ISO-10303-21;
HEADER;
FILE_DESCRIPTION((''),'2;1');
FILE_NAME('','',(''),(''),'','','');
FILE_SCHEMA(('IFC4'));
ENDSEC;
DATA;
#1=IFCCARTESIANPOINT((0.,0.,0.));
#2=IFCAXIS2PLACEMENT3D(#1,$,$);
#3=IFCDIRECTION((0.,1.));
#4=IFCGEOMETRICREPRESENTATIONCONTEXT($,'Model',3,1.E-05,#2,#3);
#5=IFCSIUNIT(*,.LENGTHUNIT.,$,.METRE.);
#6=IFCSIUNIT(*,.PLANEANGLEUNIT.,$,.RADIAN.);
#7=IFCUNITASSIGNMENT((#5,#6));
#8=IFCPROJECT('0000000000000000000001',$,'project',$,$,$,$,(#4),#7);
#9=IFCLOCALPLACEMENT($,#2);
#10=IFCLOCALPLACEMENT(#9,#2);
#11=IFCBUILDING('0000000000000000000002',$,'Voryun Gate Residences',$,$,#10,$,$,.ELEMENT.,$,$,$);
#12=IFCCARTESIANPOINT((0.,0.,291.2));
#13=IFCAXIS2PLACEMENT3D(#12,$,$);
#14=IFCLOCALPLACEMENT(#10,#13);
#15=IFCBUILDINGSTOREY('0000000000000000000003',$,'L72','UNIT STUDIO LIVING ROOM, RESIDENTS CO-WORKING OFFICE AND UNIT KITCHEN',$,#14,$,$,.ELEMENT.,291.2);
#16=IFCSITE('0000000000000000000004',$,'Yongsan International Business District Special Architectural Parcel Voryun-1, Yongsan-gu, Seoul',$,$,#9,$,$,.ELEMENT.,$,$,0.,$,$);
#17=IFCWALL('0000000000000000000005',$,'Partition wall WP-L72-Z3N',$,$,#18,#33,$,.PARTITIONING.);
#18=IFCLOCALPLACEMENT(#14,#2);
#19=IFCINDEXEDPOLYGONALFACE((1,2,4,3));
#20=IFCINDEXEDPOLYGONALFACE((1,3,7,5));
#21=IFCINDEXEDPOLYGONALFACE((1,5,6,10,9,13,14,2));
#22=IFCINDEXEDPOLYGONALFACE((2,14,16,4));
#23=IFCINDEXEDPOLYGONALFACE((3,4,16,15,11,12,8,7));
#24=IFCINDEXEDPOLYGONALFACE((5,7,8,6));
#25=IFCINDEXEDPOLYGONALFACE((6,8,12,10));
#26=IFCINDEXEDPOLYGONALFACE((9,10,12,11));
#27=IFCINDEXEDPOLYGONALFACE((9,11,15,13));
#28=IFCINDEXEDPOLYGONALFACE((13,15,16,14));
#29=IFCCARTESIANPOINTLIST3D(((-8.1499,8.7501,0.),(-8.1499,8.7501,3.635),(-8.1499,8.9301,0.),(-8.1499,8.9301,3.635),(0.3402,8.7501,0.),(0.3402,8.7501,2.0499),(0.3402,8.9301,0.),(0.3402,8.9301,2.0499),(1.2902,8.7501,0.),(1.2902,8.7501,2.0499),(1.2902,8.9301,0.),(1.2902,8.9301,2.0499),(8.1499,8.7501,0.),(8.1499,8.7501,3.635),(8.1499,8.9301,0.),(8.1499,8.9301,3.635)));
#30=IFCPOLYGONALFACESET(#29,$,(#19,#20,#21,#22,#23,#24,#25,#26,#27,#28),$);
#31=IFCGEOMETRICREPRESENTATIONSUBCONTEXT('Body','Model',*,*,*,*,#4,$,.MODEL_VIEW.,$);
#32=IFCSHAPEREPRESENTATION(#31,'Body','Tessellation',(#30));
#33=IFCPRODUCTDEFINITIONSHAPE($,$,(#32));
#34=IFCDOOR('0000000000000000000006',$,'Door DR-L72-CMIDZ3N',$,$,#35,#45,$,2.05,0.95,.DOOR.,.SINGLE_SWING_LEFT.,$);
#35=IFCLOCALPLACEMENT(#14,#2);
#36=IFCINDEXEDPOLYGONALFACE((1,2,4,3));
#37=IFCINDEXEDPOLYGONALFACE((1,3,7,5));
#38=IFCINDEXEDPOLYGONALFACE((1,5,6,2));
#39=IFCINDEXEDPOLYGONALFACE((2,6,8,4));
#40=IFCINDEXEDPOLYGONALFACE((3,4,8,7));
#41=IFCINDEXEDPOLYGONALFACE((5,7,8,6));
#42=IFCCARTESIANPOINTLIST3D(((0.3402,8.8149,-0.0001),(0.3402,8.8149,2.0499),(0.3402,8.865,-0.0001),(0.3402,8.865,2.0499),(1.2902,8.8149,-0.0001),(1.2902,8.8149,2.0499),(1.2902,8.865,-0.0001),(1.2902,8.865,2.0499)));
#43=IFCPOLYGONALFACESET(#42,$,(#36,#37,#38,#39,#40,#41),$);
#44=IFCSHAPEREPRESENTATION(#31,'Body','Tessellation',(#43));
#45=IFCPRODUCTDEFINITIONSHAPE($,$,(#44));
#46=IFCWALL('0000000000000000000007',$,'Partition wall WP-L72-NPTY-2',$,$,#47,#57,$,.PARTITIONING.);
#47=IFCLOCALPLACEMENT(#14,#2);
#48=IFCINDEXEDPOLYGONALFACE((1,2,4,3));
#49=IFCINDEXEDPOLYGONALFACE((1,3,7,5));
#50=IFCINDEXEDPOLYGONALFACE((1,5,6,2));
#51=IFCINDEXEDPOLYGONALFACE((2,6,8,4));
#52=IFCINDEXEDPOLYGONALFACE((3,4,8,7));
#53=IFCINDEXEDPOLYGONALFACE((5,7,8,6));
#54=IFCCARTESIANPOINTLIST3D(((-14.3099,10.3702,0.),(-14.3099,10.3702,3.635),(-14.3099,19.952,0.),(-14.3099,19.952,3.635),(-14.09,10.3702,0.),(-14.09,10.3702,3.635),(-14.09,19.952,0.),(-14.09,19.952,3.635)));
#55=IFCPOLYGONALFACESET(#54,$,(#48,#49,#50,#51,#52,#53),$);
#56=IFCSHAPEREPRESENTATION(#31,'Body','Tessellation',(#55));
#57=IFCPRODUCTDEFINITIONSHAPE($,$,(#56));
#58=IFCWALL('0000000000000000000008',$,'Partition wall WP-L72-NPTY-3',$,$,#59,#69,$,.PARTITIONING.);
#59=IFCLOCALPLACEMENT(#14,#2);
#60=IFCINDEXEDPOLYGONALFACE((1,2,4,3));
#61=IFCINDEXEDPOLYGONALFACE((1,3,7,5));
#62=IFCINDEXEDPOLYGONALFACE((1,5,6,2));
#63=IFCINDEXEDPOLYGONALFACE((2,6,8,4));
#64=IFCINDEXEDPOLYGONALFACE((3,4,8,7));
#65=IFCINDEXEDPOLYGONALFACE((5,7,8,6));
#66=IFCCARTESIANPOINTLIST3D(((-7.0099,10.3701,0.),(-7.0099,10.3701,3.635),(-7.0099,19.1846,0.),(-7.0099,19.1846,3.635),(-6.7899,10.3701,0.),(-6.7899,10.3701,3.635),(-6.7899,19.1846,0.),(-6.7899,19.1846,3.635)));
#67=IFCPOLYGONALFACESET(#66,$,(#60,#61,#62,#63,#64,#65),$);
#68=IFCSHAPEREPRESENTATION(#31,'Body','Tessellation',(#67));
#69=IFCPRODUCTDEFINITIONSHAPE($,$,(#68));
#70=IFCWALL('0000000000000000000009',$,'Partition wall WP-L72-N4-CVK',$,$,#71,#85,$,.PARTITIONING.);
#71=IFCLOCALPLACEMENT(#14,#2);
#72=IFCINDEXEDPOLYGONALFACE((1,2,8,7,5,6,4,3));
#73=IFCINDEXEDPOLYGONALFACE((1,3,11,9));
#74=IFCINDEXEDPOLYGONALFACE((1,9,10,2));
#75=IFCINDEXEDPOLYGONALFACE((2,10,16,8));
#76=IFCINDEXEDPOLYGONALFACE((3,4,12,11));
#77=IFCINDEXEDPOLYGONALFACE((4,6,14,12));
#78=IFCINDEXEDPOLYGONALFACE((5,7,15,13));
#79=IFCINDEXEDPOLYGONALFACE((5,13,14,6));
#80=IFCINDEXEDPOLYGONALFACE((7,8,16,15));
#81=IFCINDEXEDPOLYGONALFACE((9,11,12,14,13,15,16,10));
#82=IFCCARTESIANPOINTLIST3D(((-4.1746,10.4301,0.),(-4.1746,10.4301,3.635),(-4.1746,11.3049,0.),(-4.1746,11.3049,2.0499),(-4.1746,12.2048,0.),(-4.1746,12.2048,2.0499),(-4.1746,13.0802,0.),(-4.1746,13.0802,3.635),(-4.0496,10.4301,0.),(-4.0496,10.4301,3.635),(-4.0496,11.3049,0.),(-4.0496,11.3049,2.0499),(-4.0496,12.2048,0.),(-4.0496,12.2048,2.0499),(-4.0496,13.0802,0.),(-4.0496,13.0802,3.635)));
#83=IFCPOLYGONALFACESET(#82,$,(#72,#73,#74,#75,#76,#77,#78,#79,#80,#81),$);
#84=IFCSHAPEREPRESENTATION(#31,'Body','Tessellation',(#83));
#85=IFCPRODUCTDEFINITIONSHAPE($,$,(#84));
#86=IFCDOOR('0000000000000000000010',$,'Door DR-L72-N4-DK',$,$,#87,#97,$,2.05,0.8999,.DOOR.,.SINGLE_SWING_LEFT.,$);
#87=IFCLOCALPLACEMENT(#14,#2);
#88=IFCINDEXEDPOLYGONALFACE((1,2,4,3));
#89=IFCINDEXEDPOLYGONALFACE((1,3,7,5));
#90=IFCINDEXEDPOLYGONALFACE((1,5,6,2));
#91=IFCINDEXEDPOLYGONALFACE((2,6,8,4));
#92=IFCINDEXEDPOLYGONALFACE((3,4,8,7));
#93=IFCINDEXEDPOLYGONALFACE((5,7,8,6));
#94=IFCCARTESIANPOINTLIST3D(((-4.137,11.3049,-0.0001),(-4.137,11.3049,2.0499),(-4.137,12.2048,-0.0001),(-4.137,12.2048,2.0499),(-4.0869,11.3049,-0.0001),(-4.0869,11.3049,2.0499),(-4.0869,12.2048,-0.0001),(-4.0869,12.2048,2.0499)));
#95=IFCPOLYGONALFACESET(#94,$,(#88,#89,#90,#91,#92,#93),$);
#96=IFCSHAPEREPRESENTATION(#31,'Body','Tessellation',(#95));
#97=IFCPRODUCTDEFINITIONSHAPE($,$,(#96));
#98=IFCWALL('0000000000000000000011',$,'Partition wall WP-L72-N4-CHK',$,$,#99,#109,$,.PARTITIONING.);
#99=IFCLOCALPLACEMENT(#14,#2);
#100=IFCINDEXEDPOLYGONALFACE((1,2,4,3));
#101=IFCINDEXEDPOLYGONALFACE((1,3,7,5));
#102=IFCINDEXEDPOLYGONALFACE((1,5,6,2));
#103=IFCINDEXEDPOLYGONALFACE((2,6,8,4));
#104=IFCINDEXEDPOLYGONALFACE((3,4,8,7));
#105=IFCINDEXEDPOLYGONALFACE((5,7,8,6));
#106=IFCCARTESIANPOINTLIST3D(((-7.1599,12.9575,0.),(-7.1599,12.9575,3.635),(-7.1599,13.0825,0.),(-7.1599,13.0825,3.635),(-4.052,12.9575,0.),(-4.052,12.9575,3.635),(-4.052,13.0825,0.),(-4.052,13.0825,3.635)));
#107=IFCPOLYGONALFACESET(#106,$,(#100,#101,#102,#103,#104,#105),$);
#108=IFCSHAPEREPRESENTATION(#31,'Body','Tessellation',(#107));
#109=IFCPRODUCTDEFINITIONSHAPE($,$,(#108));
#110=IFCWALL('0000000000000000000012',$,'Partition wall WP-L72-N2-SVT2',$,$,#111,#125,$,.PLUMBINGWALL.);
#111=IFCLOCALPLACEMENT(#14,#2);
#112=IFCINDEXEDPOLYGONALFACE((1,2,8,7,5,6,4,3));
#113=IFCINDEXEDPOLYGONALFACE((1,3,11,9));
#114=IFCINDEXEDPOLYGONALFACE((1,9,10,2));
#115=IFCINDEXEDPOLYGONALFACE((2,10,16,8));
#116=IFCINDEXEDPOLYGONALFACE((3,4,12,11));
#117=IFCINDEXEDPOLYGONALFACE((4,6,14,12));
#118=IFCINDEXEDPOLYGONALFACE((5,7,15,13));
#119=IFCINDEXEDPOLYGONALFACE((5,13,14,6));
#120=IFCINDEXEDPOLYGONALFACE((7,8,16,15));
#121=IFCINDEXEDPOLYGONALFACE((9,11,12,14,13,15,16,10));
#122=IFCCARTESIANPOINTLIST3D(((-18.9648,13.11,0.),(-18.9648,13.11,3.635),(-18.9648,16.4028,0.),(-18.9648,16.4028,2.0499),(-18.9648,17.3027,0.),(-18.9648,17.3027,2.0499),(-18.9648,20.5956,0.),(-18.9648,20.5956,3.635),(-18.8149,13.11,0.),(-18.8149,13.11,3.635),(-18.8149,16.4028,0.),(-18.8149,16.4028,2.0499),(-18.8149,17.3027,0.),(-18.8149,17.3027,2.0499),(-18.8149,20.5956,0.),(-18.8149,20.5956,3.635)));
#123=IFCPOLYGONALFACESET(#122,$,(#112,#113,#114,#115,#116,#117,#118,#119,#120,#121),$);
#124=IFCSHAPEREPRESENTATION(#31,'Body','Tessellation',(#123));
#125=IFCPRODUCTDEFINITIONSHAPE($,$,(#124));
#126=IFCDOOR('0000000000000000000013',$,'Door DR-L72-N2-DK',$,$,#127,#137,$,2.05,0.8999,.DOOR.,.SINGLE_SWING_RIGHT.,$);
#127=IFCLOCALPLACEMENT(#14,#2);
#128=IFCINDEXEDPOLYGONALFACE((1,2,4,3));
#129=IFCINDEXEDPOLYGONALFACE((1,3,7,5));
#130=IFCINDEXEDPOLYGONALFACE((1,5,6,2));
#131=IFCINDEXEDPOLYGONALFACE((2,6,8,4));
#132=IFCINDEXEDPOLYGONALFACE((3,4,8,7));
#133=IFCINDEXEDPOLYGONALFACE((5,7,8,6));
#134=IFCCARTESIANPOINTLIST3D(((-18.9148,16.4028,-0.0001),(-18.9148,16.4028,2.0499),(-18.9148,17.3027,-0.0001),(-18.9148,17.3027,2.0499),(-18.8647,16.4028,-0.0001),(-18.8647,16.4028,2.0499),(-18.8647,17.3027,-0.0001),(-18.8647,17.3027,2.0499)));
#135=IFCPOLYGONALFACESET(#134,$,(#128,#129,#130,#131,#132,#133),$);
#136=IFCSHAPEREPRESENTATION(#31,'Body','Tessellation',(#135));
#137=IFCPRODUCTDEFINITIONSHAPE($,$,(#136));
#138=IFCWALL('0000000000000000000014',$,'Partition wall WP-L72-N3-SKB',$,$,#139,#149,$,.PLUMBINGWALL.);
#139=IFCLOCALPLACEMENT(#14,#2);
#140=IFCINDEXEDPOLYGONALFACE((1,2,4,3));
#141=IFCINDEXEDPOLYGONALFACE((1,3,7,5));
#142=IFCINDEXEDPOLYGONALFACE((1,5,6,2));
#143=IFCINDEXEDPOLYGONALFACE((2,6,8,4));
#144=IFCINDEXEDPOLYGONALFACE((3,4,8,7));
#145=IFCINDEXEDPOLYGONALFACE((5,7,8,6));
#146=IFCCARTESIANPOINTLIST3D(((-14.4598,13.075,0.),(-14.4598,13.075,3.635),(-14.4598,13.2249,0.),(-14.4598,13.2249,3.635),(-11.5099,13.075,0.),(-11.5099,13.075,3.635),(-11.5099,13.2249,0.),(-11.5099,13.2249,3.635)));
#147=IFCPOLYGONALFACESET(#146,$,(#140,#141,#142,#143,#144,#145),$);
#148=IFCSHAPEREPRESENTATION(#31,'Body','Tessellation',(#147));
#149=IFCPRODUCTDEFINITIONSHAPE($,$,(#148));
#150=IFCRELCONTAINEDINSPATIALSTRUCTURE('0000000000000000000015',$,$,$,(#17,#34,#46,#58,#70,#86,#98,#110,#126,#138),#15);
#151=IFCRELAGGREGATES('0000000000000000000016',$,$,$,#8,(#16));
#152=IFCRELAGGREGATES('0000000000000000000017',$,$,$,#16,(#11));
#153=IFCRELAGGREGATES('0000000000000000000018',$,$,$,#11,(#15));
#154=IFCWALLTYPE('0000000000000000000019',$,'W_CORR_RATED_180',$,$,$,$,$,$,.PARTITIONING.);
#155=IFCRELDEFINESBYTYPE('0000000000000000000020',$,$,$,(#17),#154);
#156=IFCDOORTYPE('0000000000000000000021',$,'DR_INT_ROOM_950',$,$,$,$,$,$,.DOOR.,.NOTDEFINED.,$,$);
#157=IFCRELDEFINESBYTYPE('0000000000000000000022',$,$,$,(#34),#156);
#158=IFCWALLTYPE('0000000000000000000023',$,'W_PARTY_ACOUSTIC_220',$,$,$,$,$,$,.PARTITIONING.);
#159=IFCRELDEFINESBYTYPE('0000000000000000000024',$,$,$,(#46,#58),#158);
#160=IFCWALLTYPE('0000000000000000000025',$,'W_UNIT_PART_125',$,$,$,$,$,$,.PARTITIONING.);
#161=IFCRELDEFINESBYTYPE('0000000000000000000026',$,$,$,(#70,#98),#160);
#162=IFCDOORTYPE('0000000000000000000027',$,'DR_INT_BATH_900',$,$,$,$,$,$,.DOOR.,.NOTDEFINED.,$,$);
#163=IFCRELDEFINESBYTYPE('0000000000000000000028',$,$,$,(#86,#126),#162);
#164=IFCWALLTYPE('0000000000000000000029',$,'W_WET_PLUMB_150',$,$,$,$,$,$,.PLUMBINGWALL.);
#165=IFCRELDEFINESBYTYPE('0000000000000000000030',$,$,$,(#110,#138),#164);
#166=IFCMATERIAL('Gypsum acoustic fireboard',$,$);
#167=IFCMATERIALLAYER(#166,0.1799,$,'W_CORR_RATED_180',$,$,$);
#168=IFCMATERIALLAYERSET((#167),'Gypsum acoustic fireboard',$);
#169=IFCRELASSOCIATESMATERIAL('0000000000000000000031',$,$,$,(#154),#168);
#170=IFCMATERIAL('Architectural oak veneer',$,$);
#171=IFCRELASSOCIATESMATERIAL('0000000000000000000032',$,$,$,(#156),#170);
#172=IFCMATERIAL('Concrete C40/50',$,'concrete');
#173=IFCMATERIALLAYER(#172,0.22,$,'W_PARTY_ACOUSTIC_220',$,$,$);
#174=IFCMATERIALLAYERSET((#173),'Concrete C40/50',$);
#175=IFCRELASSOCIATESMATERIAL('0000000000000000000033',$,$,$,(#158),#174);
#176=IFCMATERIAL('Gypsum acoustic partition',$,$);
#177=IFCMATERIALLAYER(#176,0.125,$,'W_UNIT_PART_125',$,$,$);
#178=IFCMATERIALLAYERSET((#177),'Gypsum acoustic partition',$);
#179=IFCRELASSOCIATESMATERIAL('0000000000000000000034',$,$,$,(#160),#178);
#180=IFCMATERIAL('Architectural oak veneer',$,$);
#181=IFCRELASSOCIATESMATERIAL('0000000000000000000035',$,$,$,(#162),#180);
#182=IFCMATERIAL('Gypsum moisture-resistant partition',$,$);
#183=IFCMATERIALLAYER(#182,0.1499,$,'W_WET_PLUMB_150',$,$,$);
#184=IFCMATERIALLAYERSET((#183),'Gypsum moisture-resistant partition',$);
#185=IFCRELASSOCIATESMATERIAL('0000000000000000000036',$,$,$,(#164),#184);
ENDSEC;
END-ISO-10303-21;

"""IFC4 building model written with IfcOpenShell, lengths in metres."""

from ifc_helpers import new_model, si_unit, direction, frame, frame_2d, origin, place, context, subcontext, project, spatial, rectangle, extrude, material, layer, layer_set, type_object, element, fill, save


model = new_model("IFC4")

# Units and contexts
model_context = context("Model", 3, precision=1e-05, world=origin(), true_north=direction((0.0, 1.0)))
body_context = subcontext(model_context, "Body", "Model", "MODEL_VIEW")
ifc_project = project(units=[si_unit("LENGTHUNIT", "METRE"), si_unit("PLANEANGLEUNIT", "RADIAN")], contexts=[model_context])

# Site, building, storey
site_placement = place(None, origin())
site = spatial("IfcSite", under=ifc_project, at=site_placement, Name="Yongsan International Business District Special Architectural Parcel Voryun-1, Yongsan-gu, Seoul", CompositionType="ELEMENT", RefElevation=0.0)
building_placement = place(site_placement, origin())
building = spatial("IfcBuilding", under=site, at=building_placement, Name="Voryun Gate Residences", CompositionType="ELEMENT")
storey_placement = place(building_placement, frame((0.0, 0.0, 291.2)))
storey = spatial("IfcBuildingStorey", under=building, at=storey_placement, Name="L72", Description="UNIT STUDIO LIVING ROOM, RESIDENTS CO-WORKING OFFICE AND UNIT KITCHEN", CompositionType="ELEMENT", Elevation=291.2)

# Wall, opening, door
ifc_material_1 = material(Name="Gypsum acoustic fireboard")
ifc_layer_1 = layer(ifc_material_1, 0.1799, Name="W_CORR_RATED_180")
ifc_layer_set_1 = layer_set([ifc_layer_1], Name="Gypsum acoustic fireboard")
wall_type_1 = type_object("IfcWallType", Name="W_CORR_RATED_180", PredefinedType="PARTITIONING", material=ifc_layer_set_1)
wall_1_placement = place(storey_placement, frame((-8.1499, 8.8401, 0.0), z_axis=(0.0, 0.0, 1.0), x_axis=(1.0, 0.0, 0.0)))
wall_1 = element("IfcWall", 1, at=wall_1_placement, inside=storey, type_object=wall_type_1, Name="Partition wall WP-L72-Z3N", PredefinedType="PARTITIONING", context=body_context, shape_type="SweptSolid", body=[
    extrude(rectangle(XDim=16.2998, YDim=0.1799, at=frame_2d((8.1499, 0.0))), origin(), (0.0, 0.0, 1.0), 3.635),
])
opening_1_placement = place(wall_1_placement, frame((8.49, 0.0, 0.0)))
opening_1 = element("IfcOpeningElement", 2, at=opening_1_placement, cuts=wall_1, PredefinedType="OPENING", context=body_context, shape_type="SweptSolid", body=[
    extrude(rectangle(XDim=0.95, YDim=2.05, at=frame_2d((0.4751, 1.0249))), frame((0.0, 0.0999, 0.0), z_axis=(0.0, -1.0, 0.0), x_axis=(1.0, 0.0, 0.0)), (0.0, 0.0, 1.0), 0.2),
])
ifc_material_2 = material(Name="Architectural oak veneer")
door_type_1 = type_object("IfcDoorType", Name="DR_INT_ROOM_950", OperationType="NOTDEFINED", PredefinedType="DOOR", material=ifc_material_2)
door_1_placement = place(opening_1_placement, origin())
door_1 = element("IfcDoor", 3, at=door_1_placement, inside=storey, type_object=door_type_1, Name="Door DR-L72-CMIDZ3N", OperationType="SINGLE_SWING_LEFT", OverallHeight=2.05, OverallWidth=0.95, PredefinedType="DOOR", context=body_context, shape_type="SweptSolid", body=[
    extrude(rectangle(XDim=0.95, YDim=2.05, at=frame_2d((0.4751, 1.0249))), frame((0.0, 0.0249, 0.0), z_axis=(0.0, -1.0, 0.0), x_axis=(1.0, 0.0, 0.0)), (0.0, 0.0, 1.0), 0.05),
])
fill(opening_1, door_1)

# Walls
ifc_material_3 = material(Name="Concrete C40/50", Category="concrete")
ifc_layer_2 = layer(ifc_material_3, 0.22, Name="W_PARTY_ACOUSTIC_220")
ifc_layer_set_2 = layer_set([ifc_layer_2], Name="Concrete C40/50")
wall_type_2 = type_object("IfcWallType", Name="W_PARTY_ACOUSTIC_220", PredefinedType="PARTITIONING", material=ifc_layer_set_2)
wall_2_placement = place(storey_placement, frame((-14.2, 10.3701, 0.0), z_axis=(0.0, 0.0, 1.0), x_axis=(0.0, 1.0, 0.0)))
element("IfcWall", 4, at=wall_2_placement, inside=storey, type_object=wall_type_2, Name="Partition wall WP-L72-NPTY-2", PredefinedType="PARTITIONING", context=body_context, shape_type="SweptSolid", body=[
    extrude(rectangle(XDim=9.5818, YDim=0.22, at=frame_2d((4.791, 0.0))), origin(), (0.0, 0.0, 1.0), 3.635),
])
wall_3_placement = place(storey_placement, frame((-6.8999, 10.3701, 0.0), z_axis=(0.0, 0.0, 1.0), x_axis=(0.0, 1.0, 0.0)))
element("IfcWall", 5, at=wall_3_placement, inside=storey, type_object=wall_type_2, Name="Partition wall WP-L72-NPTY-3", PredefinedType="PARTITIONING", context=body_context, shape_type="SweptSolid", body=[
    extrude(rectangle(XDim=8.8145, YDim=0.22, at=frame_2d((4.4072, 0.0))), origin(), (0.0, 0.0, 1.0), 3.635),
])

# Wall, opening, door
ifc_material_4 = material(Name="Gypsum acoustic partition")
ifc_layer_3 = layer(ifc_material_4, 0.125, Name="W_UNIT_PART_125")
ifc_layer_set_3 = layer_set([ifc_layer_3], Name="Gypsum acoustic partition")
wall_type_3 = type_object("IfcWallType", Name="W_UNIT_PART_125", PredefinedType="PARTITIONING", material=ifc_layer_set_3)
wall_4_placement = place(storey_placement, frame((-4.1121, 10.4299, 0.0), z_axis=(0.0, 0.0, 1.0), x_axis=(0.0, 1.0, 0.0)))
wall_4 = element("IfcWall", 6, at=wall_4_placement, inside=storey, type_object=wall_type_3, Name="Partition wall WP-L72-N4-CVK", PredefinedType="PARTITIONING", context=body_context, shape_type="SweptSolid", body=[
    extrude(rectangle(XDim=2.6501, YDim=0.125, at=frame_2d((1.3252, 0.0))), origin(), (0.0, 0.0, 1.0), 3.635),
])
opening_2_placement = place(wall_4_placement, frame((0.875, 0.0, 0.0)))
opening_2 = element("IfcOpeningElement", 7, at=opening_2_placement, cuts=wall_4, PredefinedType="OPENING", context=body_context, shape_type="SweptSolid", body=[
    extrude(rectangle(XDim=0.8999, YDim=2.05, at=frame_2d((0.45, 1.0249))), frame((0.0, 0.0725, 0.0), z_axis=(0.0, -1.0, 0.0), x_axis=(1.0, 0.0, 0.0)), (0.0, 0.0, 1.0), 0.145),
])
ifc_material_5 = material(Name="Architectural oak veneer")
door_type_2 = type_object("IfcDoorType", Name="DR_INT_BATH_900", OperationType="NOTDEFINED", PredefinedType="DOOR", material=ifc_material_5)
door_2_placement = place(opening_2_placement, origin())
door_2 = element("IfcDoor", 8, at=door_2_placement, inside=storey, type_object=door_type_2, Name="Door DR-L72-N4-DK", OperationType="SINGLE_SWING_LEFT", OverallHeight=2.05, OverallWidth=0.8999, PredefinedType="DOOR", context=body_context, shape_type="SweptSolid", body=[
    extrude(rectangle(XDim=0.8999, YDim=2.05, at=frame_2d((0.45, 1.0249))), frame((0.0, 0.0249, 0.0), z_axis=(0.0, -1.0, 0.0), x_axis=(1.0, 0.0, 0.0)), (0.0, 0.0, 1.0), 0.05),
])
fill(opening_2, door_2)

# Wall
wall_5_placement = place(storey_placement, frame((-7.1599, 13.02, 0.0), z_axis=(0.0, 0.0, 1.0), x_axis=(1.0, 0.0, 0.0)))
element("IfcWall", 9, at=wall_5_placement, inside=storey, type_object=wall_type_3, Name="Partition wall WP-L72-N4-CHK", PredefinedType="PARTITIONING", context=body_context, shape_type="SweptSolid", body=[
    extrude(rectangle(XDim=3.1079, YDim=0.125, at=frame_2d((1.554, 0.0))), origin(), (0.0, 0.0, 1.0), 3.635),
])

# Wall, opening, door
ifc_material_6 = material(Name="Gypsum moisture-resistant partition")
ifc_layer_4 = layer(ifc_material_6, 0.1499, Name="W_WET_PLUMB_150")
ifc_layer_set_4 = layer_set([ifc_layer_4], Name="Gypsum moisture-resistant partition")
wall_type_4 = type_object("IfcWallType", Name="W_WET_PLUMB_150", PredefinedType="PLUMBINGWALL", material=ifc_layer_set_4)
wall_6_placement = place(storey_placement, frame((-18.8899, 13.1101, 0.0), z_axis=(0.0, 0.0, 1.0), x_axis=(0.0, 1.0, 0.0)))
wall_6 = element("IfcWall", 10, at=wall_6_placement, inside=storey, type_object=wall_type_4, Name="Partition wall WP-L72-N2-SVT2", PredefinedType="PLUMBINGWALL", context=body_context, shape_type="SweptSolid", body=[
    extrude(rectangle(XDim=7.4856, YDim=0.1499, at=frame_2d((3.7427, 0.0))), origin(), (0.0, 0.0, 1.0), 3.635),
])
opening_3_placement = place(wall_6_placement, frame((3.2927, 0.0, 0.0)))
opening_3 = element("IfcOpeningElement", 11, at=opening_3_placement, cuts=wall_6, PredefinedType="OPENING", context=body_context, shape_type="SweptSolid", body=[
    extrude(rectangle(XDim=0.8999, YDim=2.05, at=frame_2d((0.45, 1.0249))), frame((0.0, 0.085, 0.0), z_axis=(0.0, -1.0, 0.0), x_axis=(1.0, 0.0, 0.0)), (0.0, 0.0, 1.0), 0.1699),
])
door_3_placement = place(opening_3_placement, origin())
door_3 = element("IfcDoor", 12, at=door_3_placement, inside=storey, type_object=door_type_2, Name="Door DR-L72-N2-DK", OperationType="SINGLE_SWING_RIGHT", OverallHeight=2.05, OverallWidth=0.8999, PredefinedType="DOOR", context=body_context, shape_type="SweptSolid", body=[
    extrude(rectangle(XDim=0.8999, YDim=2.05, at=frame_2d((0.45, 1.0249))), frame((0.0, 0.0249, 0.0), z_axis=(0.0, -1.0, 0.0), x_axis=(1.0, 0.0, 0.0)), (0.0, 0.0, 1.0), 0.05),
])
fill(opening_3, door_3)

# Wall
wall_7_placement = place(storey_placement, frame((-14.46, 13.1499, 0.0), z_axis=(0.0, 0.0, 1.0), x_axis=(1.0, 0.0, 0.0)))
element("IfcWall", 13, at=wall_7_placement, inside=storey, type_object=wall_type_4, Name="Partition wall WP-L72-N3-SKB", PredefinedType="PLUMBINGWALL", context=body_context, shape_type="SweptSolid", body=[
    extrude(rectangle(XDim=2.95, YDim=0.1499, at=frame_2d((1.4751, 0.0))), origin(), (0.0, 0.0, 1.0), 3.635),
])

save(model, "model.ifc")
